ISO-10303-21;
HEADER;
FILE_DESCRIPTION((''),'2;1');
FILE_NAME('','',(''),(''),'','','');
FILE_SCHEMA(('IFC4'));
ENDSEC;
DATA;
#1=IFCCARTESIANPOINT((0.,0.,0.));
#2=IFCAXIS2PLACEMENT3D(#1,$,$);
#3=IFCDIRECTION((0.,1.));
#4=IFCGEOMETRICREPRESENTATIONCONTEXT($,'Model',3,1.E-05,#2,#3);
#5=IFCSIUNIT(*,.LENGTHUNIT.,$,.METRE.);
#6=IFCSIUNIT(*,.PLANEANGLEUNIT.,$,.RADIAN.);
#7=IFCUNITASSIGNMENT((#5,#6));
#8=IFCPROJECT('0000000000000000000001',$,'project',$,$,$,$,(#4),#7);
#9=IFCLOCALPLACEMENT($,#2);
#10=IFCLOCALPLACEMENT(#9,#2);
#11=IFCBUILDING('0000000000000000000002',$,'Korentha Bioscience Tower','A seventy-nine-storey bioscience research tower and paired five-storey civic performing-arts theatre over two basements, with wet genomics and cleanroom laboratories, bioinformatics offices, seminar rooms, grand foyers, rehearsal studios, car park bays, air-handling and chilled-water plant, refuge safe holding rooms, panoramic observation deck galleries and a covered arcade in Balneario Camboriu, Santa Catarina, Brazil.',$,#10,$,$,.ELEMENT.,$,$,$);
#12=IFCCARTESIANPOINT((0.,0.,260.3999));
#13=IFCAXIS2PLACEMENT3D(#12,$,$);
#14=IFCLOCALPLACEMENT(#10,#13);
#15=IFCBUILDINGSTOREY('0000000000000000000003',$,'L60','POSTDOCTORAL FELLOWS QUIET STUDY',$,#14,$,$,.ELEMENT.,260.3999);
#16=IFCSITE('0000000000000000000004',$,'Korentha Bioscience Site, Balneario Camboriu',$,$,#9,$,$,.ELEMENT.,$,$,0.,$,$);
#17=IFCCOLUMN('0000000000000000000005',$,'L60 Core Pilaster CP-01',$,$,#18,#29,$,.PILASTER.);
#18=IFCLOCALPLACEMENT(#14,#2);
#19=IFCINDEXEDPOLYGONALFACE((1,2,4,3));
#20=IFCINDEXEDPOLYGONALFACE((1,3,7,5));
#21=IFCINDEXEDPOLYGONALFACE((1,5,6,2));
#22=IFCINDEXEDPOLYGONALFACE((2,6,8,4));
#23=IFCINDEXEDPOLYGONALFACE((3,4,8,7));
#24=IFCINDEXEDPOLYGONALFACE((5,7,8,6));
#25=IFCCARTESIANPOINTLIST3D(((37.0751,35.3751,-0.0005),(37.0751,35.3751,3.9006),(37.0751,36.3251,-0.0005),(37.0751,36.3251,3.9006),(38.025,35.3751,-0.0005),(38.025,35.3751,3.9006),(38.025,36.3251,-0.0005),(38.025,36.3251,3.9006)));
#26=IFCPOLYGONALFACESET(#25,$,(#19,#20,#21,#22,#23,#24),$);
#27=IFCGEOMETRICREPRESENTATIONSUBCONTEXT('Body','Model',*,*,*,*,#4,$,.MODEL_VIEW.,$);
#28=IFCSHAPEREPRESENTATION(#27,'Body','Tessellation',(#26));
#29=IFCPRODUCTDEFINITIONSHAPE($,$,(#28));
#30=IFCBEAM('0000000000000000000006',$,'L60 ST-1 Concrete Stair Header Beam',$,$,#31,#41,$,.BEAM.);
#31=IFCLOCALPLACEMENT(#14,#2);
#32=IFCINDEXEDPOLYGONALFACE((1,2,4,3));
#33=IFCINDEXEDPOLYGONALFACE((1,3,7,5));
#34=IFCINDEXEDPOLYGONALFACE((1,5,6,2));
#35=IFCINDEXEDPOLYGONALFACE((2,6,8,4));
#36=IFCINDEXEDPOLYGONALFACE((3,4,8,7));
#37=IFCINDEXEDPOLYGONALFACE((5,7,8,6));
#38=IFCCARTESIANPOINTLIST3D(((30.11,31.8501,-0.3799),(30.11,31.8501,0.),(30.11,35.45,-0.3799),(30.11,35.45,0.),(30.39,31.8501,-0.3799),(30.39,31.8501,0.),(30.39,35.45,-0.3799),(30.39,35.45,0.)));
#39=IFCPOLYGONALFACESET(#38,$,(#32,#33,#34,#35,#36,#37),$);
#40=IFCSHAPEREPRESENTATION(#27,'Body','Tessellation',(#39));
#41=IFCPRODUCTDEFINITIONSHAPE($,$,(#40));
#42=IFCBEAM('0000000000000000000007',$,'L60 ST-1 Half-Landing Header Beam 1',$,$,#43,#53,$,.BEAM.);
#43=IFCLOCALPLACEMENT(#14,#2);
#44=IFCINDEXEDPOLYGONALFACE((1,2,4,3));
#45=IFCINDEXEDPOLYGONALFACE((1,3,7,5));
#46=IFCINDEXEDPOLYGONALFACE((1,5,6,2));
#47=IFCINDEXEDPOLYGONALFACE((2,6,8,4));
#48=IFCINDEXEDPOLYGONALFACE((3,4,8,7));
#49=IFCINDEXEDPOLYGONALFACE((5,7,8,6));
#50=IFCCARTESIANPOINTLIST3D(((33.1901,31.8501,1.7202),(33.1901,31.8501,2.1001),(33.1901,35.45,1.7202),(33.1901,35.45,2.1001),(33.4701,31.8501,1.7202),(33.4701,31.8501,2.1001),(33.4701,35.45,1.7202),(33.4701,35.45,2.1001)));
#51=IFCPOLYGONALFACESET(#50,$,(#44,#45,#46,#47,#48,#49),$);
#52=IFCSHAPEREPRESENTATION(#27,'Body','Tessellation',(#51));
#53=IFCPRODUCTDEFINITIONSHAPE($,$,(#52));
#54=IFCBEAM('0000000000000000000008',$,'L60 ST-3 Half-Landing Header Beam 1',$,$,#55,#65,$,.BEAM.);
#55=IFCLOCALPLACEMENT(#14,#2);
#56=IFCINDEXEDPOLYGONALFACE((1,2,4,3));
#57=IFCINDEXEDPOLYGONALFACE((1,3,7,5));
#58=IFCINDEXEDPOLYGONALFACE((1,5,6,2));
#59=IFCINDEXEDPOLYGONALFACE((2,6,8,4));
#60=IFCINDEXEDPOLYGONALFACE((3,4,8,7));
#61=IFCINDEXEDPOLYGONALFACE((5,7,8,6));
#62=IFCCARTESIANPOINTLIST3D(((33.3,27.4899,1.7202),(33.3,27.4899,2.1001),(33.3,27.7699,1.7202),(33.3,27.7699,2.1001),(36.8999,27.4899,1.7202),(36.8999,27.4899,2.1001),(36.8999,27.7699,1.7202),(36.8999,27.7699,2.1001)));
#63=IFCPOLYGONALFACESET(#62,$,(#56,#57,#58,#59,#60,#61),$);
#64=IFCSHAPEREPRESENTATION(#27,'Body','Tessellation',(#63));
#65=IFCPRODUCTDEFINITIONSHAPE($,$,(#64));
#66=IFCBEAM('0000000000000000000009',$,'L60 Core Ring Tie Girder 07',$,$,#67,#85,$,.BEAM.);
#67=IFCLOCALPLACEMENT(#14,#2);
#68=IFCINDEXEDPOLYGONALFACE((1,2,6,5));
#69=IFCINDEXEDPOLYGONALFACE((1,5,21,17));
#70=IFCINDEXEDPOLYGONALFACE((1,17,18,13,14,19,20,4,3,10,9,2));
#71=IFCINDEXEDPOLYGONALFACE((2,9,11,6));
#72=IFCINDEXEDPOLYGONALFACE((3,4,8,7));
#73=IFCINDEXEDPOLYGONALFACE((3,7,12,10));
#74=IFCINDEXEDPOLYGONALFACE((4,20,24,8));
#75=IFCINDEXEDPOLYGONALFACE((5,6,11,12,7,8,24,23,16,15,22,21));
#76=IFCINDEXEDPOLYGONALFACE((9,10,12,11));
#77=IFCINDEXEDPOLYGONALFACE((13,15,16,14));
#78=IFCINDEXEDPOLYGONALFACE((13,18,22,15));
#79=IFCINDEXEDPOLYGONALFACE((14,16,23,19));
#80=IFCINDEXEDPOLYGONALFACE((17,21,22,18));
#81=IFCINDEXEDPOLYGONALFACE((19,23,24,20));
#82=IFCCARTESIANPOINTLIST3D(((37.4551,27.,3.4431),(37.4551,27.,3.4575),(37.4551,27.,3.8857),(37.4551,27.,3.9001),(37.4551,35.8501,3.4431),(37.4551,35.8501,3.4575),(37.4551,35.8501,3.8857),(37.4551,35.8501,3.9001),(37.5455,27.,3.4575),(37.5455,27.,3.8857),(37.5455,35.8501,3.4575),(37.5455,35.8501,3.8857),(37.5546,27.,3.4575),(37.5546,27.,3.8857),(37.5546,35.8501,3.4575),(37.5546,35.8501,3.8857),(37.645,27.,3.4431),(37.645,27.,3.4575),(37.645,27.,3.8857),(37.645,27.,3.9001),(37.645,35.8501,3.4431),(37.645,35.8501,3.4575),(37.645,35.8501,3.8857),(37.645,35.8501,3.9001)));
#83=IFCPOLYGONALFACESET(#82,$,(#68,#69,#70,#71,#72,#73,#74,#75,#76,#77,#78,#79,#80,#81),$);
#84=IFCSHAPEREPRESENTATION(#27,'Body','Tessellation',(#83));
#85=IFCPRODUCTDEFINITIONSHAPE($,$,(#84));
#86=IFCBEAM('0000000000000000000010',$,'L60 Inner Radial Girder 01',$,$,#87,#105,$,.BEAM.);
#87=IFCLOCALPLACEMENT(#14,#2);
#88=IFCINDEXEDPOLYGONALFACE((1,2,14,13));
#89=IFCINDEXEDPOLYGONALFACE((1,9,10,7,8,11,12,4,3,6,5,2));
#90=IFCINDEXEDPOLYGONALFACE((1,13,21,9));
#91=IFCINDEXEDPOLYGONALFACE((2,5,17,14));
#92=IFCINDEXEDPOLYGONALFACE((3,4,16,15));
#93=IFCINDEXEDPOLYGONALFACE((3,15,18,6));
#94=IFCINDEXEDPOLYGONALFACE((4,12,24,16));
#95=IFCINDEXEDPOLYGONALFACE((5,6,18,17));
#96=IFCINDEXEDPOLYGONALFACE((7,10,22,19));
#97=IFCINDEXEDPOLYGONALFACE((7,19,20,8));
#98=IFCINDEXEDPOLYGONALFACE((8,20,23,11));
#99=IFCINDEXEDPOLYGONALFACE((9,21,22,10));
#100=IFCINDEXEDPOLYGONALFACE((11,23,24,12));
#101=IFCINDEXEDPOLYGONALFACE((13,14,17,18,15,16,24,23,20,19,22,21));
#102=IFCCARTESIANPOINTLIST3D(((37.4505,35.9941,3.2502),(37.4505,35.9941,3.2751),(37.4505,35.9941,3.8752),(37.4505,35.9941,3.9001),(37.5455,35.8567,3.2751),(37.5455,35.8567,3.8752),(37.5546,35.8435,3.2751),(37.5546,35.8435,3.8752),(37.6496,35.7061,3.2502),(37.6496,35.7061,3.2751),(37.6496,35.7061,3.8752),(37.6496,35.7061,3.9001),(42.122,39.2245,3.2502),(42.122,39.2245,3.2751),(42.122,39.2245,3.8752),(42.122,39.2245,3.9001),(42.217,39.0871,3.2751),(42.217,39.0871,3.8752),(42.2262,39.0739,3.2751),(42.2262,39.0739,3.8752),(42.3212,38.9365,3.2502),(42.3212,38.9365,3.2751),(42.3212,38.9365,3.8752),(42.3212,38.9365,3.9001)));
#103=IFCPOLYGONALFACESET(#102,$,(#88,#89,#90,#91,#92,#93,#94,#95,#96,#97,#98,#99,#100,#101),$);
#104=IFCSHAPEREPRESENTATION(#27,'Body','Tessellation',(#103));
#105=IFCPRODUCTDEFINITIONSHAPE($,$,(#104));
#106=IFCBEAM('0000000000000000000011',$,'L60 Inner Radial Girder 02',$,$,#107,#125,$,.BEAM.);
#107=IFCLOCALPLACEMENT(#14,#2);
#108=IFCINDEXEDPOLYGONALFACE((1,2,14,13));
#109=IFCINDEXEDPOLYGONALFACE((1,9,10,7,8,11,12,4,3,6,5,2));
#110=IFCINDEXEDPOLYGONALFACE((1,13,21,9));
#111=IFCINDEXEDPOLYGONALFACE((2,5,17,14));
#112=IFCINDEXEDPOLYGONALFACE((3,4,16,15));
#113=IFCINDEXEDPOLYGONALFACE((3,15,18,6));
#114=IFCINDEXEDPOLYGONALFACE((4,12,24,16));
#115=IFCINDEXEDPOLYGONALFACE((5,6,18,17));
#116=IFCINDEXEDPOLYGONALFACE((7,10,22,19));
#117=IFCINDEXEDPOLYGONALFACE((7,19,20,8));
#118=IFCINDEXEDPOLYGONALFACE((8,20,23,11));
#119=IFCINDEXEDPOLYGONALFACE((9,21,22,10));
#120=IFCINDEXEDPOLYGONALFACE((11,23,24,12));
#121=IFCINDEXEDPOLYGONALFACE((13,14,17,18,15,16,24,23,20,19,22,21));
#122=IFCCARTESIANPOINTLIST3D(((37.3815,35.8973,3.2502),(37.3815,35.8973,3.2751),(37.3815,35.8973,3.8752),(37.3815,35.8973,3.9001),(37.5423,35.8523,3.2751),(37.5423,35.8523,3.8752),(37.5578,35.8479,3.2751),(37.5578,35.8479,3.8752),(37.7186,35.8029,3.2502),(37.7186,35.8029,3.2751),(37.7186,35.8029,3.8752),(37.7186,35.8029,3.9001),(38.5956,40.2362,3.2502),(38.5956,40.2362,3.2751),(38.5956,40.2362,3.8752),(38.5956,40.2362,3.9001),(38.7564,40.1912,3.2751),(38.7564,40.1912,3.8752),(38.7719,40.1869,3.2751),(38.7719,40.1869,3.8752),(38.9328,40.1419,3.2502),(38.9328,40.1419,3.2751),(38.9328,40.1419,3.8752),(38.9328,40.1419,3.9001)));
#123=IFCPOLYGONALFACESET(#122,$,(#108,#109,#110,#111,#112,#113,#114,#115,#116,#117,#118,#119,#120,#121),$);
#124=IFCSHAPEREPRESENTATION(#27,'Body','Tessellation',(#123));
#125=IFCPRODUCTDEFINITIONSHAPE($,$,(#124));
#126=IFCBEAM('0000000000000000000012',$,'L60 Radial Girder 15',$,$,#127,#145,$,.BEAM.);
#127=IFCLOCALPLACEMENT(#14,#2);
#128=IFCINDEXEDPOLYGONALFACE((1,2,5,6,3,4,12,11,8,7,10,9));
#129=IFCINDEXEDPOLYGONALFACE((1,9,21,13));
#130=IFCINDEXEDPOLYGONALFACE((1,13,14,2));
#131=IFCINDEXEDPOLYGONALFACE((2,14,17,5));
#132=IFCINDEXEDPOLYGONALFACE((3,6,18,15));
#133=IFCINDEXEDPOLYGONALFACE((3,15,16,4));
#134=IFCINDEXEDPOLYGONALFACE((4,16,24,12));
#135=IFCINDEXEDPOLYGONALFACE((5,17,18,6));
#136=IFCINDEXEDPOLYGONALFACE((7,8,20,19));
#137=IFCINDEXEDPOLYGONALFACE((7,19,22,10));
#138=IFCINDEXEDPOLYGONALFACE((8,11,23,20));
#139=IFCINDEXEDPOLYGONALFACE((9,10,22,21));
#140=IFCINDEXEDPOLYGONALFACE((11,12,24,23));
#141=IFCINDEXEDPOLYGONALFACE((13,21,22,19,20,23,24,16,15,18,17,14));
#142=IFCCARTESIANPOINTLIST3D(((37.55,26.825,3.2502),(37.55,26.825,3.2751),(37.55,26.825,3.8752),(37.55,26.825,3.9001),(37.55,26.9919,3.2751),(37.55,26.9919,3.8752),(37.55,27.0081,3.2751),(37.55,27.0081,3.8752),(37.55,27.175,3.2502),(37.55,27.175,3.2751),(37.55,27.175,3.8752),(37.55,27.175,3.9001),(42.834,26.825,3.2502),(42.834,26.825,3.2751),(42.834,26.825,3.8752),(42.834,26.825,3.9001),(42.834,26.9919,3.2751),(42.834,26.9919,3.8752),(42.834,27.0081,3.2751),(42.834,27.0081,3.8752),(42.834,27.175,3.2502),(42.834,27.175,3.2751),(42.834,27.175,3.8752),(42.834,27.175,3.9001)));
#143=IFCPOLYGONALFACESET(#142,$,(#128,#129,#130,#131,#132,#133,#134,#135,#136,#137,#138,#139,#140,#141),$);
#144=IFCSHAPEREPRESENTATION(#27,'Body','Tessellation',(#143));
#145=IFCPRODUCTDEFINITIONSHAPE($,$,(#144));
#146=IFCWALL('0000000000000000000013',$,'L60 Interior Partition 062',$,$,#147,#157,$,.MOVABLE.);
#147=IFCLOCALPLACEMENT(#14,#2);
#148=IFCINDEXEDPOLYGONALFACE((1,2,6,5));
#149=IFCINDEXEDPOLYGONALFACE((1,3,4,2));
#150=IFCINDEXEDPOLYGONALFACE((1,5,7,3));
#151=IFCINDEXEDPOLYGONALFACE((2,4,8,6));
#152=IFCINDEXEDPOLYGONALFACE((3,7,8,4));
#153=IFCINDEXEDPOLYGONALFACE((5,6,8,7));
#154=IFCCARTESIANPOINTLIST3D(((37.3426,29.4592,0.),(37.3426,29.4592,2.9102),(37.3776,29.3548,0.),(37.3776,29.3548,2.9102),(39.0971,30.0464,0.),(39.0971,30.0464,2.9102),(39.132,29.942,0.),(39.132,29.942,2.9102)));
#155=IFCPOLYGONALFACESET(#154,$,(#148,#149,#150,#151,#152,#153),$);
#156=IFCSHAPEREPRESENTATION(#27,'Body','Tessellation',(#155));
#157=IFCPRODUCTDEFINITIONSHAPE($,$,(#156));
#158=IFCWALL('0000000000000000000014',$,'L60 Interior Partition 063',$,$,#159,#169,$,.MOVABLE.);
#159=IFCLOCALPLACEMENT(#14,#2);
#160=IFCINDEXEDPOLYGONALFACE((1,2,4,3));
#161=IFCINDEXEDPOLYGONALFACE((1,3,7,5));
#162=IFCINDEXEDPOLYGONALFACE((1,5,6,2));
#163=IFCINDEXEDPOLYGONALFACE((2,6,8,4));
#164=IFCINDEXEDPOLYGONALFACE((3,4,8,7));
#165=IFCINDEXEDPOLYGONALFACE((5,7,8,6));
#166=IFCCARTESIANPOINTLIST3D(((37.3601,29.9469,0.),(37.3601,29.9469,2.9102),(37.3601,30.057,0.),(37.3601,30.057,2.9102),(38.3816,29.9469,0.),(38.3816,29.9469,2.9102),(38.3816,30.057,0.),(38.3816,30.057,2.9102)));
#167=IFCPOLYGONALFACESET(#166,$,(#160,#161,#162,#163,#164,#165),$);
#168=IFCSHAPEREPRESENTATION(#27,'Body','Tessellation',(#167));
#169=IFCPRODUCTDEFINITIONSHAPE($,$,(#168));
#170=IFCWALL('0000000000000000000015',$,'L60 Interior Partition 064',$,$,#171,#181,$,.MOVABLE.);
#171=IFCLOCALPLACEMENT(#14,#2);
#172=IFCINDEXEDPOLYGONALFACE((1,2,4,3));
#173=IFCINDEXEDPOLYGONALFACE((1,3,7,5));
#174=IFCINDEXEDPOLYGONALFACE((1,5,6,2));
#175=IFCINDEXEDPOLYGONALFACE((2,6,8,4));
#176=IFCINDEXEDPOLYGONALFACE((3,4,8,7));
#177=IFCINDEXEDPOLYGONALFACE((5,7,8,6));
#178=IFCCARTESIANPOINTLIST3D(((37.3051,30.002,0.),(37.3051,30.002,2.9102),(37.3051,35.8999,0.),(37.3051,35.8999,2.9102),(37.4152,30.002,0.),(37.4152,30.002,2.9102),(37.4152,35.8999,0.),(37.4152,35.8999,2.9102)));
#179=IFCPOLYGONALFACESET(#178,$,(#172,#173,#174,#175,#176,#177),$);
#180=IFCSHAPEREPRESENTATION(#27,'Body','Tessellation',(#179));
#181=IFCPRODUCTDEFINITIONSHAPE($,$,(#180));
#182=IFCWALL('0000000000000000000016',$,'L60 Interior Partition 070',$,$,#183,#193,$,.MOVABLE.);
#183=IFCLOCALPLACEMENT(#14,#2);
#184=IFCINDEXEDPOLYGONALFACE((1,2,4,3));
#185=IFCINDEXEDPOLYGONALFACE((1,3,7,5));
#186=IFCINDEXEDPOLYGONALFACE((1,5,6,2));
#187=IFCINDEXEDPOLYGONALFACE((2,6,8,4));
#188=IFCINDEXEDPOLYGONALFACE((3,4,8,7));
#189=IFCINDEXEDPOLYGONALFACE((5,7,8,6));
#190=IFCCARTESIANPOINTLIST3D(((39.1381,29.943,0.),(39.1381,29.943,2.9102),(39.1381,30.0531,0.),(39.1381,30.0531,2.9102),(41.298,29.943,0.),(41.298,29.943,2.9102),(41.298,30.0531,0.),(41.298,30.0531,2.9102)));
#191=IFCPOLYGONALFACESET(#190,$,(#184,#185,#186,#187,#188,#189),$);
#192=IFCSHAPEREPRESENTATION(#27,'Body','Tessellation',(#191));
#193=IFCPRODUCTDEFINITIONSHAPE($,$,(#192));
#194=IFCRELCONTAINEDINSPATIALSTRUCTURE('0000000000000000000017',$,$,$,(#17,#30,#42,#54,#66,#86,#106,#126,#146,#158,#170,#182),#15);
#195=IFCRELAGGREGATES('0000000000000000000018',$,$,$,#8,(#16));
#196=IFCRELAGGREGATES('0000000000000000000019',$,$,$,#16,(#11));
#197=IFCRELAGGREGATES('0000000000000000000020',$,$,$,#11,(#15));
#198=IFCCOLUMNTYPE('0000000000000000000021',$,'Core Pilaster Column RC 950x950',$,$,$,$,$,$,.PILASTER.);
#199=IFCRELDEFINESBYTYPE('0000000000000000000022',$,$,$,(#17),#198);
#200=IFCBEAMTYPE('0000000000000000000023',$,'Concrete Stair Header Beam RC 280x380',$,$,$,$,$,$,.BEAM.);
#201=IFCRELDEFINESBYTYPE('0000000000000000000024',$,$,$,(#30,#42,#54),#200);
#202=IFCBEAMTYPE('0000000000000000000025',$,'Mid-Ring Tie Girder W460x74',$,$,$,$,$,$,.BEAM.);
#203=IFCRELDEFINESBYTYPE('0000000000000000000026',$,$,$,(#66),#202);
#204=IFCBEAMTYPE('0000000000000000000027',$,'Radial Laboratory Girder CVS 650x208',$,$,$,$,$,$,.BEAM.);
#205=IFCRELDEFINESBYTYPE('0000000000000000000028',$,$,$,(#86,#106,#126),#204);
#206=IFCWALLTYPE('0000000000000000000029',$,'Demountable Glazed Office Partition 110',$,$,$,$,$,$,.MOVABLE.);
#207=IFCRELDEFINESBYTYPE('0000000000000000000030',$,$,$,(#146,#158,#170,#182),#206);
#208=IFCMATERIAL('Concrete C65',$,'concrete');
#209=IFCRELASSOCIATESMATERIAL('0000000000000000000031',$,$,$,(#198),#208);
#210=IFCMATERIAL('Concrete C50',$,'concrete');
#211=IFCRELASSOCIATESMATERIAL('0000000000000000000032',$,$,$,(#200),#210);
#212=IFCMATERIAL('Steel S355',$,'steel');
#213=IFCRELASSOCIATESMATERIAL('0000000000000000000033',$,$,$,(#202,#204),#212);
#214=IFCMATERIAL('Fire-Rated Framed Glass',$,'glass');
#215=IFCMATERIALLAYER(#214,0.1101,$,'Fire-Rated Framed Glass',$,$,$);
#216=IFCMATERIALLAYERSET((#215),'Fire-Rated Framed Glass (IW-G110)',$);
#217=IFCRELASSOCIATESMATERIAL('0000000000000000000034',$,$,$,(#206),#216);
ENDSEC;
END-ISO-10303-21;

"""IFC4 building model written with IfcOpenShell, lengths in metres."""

from ifc_helpers import new_model, si_unit, direction, frame, frame_2d, origin, origin_2d, place, context, subcontext, project, spatial, rectangle, i_section, extrude, material, layer, layer_set, material_profile, profile_set, type_object, element, save


model = new_model("IFC4")

# Units and contexts
model_context = context("Model", 3, precision=1e-05, world=origin(), true_north=direction((0.0, 1.0)))
body_context = subcontext(model_context, "Body", "Model", "MODEL_VIEW")
ifc_project = project(units=[si_unit("LENGTHUNIT", "METRE"), si_unit("PLANEANGLEUNIT", "RADIAN")], contexts=[model_context])

# Site, building, storey
site_placement = place(None, origin())
site = spatial("IfcSite", under=ifc_project, at=site_placement, Name="Korentha Bioscience Site, Balneario Camboriu", CompositionType="ELEMENT", RefElevation=0.0)
building_placement = place(site_placement, origin())
building = spatial("IfcBuilding", under=site, at=building_placement, Name="Korentha Bioscience Tower", Description="A seventy-nine-storey bioscience research tower and paired five-storey civic performing-arts theatre over two basements, with wet genomics and cleanroom laboratories, bioinformatics offices, seminar rooms, grand foyers, rehearsal studios, car park bays, air-handling and chilled-water plant, refuge safe holding rooms, panoramic observation deck galleries and a covered arcade in Balneario Camboriu, Santa Catarina, Brazil.", CompositionType="ELEMENT")
storey_placement = place(building_placement, frame((0.0, 0.0, 260.3999)))
storey = spatial("IfcBuildingStorey", under=building, at=storey_placement, Name="L60", Description="POSTDOCTORAL FELLOWS QUIET STUDY", CompositionType="ELEMENT", Elevation=260.3999)

# Column
ifc_material_1 = material(Name="Concrete C65", Category="concrete")
ifc_material_profile_1 = material_profile(ifc_material_1, rectangle(XDim=0.95, YDim=0.95, at=origin_2d()), Name="Concrete C65")
ifc_profile_set_1 = profile_set([ifc_material_profile_1], Name="Concrete C65 (COL-CP09)")
column_type = type_object("IfcColumnType", Name="Core Pilaster Column RC 950x950", PredefinedType="PILASTER", material=ifc_profile_set_1)
column_placement = place(storey_placement, frame((37.55, 35.8501, -0.0005), z_axis=(0.0, 0.0, 1.0), x_axis=(1.0, 0.0, 0.0)))
element("IfcColumn", 1, at=column_placement, inside=storey, type_object=column_type, Name="L60 Core Pilaster CP-01", PredefinedType="PILASTER", context=body_context, shape_type="SweptSolid", body=[
    extrude(rectangle(XDim=0.95, YDim=0.95, at=origin_2d()), origin(), (0.0, 0.0, 1.0), 3.9011),
])

# Beams
ifc_material_2 = material(Name="Concrete C50", Category="concrete")
ifc_material_profile_2 = material_profile(ifc_material_2, rectangle(XDim=0.28, YDim=0.3799, at=origin_2d()), Name="Concrete C50")
ifc_profile_set_2 = profile_set([ifc_material_profile_2], Name="Concrete C50 (ST-HB380)")
beam_type_1 = type_object("IfcBeamType", Name="Concrete Stair Header Beam RC 280x380", PredefinedType="BEAM", material=ifc_profile_set_2)
for number, where, z_axis, x_axis, name in (
    (2, (30.25, 31.8501, -0.1899), (0.0, 1.0, 0.0), (-1.0, 0.0, 0.0), "L60 ST-1 Concrete Stair Header Beam"),
    (3, (33.3301, 31.8501, 1.9102), (0.0, 1.0, 0.0), (-1.0, 0.0, 0.0), "L60 ST-1 Half-Landing Header Beam 1"),
    (4, (36.8999, 27.6299, 1.9102), (-1.0, 0.0, 0.0), (0.0, -1.0, 0.0), "L60 ST-3 Half-Landing Header Beam 1"),
):
    element("IfcBeam", number, at=place(storey_placement, frame(where, z_axis=z_axis, x_axis=x_axis)), inside=storey, type_object=beam_type_1, Name=name, PredefinedType="BEAM", context=body_context, shape_type="SweptSolid", body=[
        extrude(rectangle(XDim=0.28, YDim=0.3799, at=origin_2d()), origin(), (0.0, 0.0, 1.0), 3.5999),
    ])
ifc_material_3 = material(Name="Steel S355", Category="steel")
ifc_material_profile_3 = material_profile(ifc_material_3, i_section(OverallWidth=0.1899, OverallDepth=0.457, WebThickness=0.009, FlangeThickness=0.0144, at=origin_2d()), Name="Steel S355")
ifc_profile_set_3 = profile_set([ifc_material_profile_3], Name="Steel S355 (MB-460)")
beam_type_2 = type_object("IfcBeamType", Name="Mid-Ring Tie Girder W460x74", PredefinedType="BEAM", material=ifc_profile_set_3)
beam_1_placement = place(storey_placement, frame((37.55, 27.0, 3.6716), z_axis=(0.0, 1.0, 0.0), x_axis=(-1.0, 0.0, 0.0)))
element("IfcBeam", 5, at=beam_1_placement, inside=storey, type_object=beam_type_2, Name="L60 Core Ring Tie Girder 07", PredefinedType="BEAM", context=body_context, shape_type="SweptSolid", body=[
    extrude(i_section(OverallWidth=0.1899, OverallDepth=0.457, WebThickness=0.009, FlangeThickness=0.0144, at=origin_2d()), origin(), (0.0, 0.0, 1.0), 8.8501),
])
ifc_material_profile_4 = material_profile(ifc_material_3, i_section(OverallWidth=0.3501, OverallDepth=0.6499, WebThickness=0.0161, FlangeThickness=0.0249, at=origin_2d()), Name="Steel S355")
ifc_profile_set_4 = profile_set([ifc_material_profile_4], Name="Steel S355 (RB-650)")
beam_type_3 = type_object("IfcBeamType", Name="Radial Laboratory Girder CVS 650x208", PredefinedType="BEAM", material=ifc_profile_set_4)
beam_2_placement = place(storey_placement, frame((37.55, 35.8501, 3.5752), z_axis=(0.8225, 0.568765, 0.0), x_axis=(-0.568765, 0.8225, 0.0)))
element("IfcBeam", 6, at=beam_2_placement, inside=storey, type_object=beam_type_3, Name="L60 Inner Radial Girder 01", PredefinedType="BEAM", context=body_context, shape_type="SweptSolid", body=[
    extrude(i_section(OverallWidth=0.3501, OverallDepth=0.6499, WebThickness=0.0161, FlangeThickness=0.0249, at=origin_2d()), origin(), (0.0, 0.0, 1.0), 5.6797),
])
beam_3_placement = place(storey_placement, frame((37.55, 35.8501, 3.5752), z_axis=(0.269471, 0.963008, 0.0), x_axis=(-0.963008, 0.269471, 0.0)))
element("IfcBeam", 7, at=beam_3_placement, inside=storey, type_object=beam_type_3, Name="L60 Inner Radial Girder 02", PredefinedType="BEAM", context=body_context, shape_type="SweptSolid", body=[
    extrude(i_section(OverallWidth=0.3501, OverallDepth=0.6499, WebThickness=0.0161, FlangeThickness=0.0249, at=origin_2d()), origin(), (0.0, 0.0, 1.0), 4.5056),
])
beam_4_placement = place(storey_placement, frame((37.55, 27.0, 3.5752), z_axis=(1.0, 0.0, 0.0), x_axis=(0.0, 1.0, 0.0)))
element("IfcBeam", 8, at=beam_4_placement, inside=storey, type_object=beam_type_3, Name="L60 Radial Girder 15", PredefinedType="BEAM", context=body_context, shape_type="SweptSolid", body=[
    extrude(i_section(OverallWidth=0.3501, OverallDepth=0.6499, WebThickness=0.0161, FlangeThickness=0.0249, at=origin_2d()), origin(), (0.0, 0.0, 1.0), 5.2839),
])

# Walls
ifc_material_4 = material(Name="Fire-Rated Framed Glass", Category="glass")
ifc_layer_1 = layer(ifc_material_4, 0.1101, Name="Fire-Rated Framed Glass")
ifc_layer_set_1 = layer_set([ifc_layer_1], Name="Fire-Rated Framed Glass (IW-G110)")
wall_type_1 = type_object("IfcWallType", Name="Demountable Glazed Office Partition 110", PredefinedType="MOVABLE", material=ifc_layer_set_1)
wall_1_placement = place(storey_placement, frame((37.3601, 29.407, 0.0), z_axis=(0.0, 0.0, 1.0), x_axis=(0.9483, 0.317376, 0.0)))
element("IfcWall", 9, at=wall_1_placement, inside=storey, type_object=wall_type_1, Name="L60 Interior Partition 062", PredefinedType="MOVABLE", context=body_context, shape_type="SweptSolid", body=[
    extrude(rectangle(XDim=1.8501, YDim=0.1101, at=frame_2d((0.925, 0.0))), origin(), (0.0, 0.0, 1.0), 2.9102),
])
wall_2_placement = place(storey_placement, frame((38.3816, 30.002, 0.0), z_axis=(0.0, 0.0, 1.0), x_axis=(-1.0, 0.0, 0.0)))
element("IfcWall", 10, at=wall_2_placement, inside=storey, type_object=wall_type_1, Name="L60 Interior Partition 063", PredefinedType="MOVABLE", context=body_context, shape_type="SweptSolid", body=[
    extrude(rectangle(XDim=1.0215, YDim=0.1101, at=frame_2d((0.5107, 0.0))), origin(), (0.0, 0.0, 1.0), 2.9102),
])
wall_3_placement = place(storey_placement, frame((37.3601, 30.002, 0.0), z_axis=(0.0, 0.0, 1.0), x_axis=(0.0, 1.0, 0.0)))
element("IfcWall", 11, at=wall_3_placement, inside=storey, type_object=wall_type_1, Name="L60 Interior Partition 064", PredefinedType="MOVABLE", context=body_context, shape_type="SweptSolid", body=[
    extrude(rectangle(XDim=5.8979, YDim=0.1101, at=frame_2d((2.949, 0.0))), origin(), (0.0, 0.0, 1.0), 2.9102),
])
wall_4_placement = place(storey_placement, frame((39.1379, 29.998, 0.0), z_axis=(0.0, 0.0, 1.0), x_axis=(1.0, 0.0, 0.0)))
element("IfcWall", 12, at=wall_4_placement, inside=storey, type_object=wall_type_1, Name="L60 Interior Partition 070", PredefinedType="MOVABLE", context=body_context, shape_type="SweptSolid", body=[
    extrude(rectangle(XDim=2.1599, YDim=0.1101, at=frame_2d((1.0801, 0.0))), origin(), (0.0, 0.0, 1.0), 2.9102),
])

save(model, "model.ifc")
